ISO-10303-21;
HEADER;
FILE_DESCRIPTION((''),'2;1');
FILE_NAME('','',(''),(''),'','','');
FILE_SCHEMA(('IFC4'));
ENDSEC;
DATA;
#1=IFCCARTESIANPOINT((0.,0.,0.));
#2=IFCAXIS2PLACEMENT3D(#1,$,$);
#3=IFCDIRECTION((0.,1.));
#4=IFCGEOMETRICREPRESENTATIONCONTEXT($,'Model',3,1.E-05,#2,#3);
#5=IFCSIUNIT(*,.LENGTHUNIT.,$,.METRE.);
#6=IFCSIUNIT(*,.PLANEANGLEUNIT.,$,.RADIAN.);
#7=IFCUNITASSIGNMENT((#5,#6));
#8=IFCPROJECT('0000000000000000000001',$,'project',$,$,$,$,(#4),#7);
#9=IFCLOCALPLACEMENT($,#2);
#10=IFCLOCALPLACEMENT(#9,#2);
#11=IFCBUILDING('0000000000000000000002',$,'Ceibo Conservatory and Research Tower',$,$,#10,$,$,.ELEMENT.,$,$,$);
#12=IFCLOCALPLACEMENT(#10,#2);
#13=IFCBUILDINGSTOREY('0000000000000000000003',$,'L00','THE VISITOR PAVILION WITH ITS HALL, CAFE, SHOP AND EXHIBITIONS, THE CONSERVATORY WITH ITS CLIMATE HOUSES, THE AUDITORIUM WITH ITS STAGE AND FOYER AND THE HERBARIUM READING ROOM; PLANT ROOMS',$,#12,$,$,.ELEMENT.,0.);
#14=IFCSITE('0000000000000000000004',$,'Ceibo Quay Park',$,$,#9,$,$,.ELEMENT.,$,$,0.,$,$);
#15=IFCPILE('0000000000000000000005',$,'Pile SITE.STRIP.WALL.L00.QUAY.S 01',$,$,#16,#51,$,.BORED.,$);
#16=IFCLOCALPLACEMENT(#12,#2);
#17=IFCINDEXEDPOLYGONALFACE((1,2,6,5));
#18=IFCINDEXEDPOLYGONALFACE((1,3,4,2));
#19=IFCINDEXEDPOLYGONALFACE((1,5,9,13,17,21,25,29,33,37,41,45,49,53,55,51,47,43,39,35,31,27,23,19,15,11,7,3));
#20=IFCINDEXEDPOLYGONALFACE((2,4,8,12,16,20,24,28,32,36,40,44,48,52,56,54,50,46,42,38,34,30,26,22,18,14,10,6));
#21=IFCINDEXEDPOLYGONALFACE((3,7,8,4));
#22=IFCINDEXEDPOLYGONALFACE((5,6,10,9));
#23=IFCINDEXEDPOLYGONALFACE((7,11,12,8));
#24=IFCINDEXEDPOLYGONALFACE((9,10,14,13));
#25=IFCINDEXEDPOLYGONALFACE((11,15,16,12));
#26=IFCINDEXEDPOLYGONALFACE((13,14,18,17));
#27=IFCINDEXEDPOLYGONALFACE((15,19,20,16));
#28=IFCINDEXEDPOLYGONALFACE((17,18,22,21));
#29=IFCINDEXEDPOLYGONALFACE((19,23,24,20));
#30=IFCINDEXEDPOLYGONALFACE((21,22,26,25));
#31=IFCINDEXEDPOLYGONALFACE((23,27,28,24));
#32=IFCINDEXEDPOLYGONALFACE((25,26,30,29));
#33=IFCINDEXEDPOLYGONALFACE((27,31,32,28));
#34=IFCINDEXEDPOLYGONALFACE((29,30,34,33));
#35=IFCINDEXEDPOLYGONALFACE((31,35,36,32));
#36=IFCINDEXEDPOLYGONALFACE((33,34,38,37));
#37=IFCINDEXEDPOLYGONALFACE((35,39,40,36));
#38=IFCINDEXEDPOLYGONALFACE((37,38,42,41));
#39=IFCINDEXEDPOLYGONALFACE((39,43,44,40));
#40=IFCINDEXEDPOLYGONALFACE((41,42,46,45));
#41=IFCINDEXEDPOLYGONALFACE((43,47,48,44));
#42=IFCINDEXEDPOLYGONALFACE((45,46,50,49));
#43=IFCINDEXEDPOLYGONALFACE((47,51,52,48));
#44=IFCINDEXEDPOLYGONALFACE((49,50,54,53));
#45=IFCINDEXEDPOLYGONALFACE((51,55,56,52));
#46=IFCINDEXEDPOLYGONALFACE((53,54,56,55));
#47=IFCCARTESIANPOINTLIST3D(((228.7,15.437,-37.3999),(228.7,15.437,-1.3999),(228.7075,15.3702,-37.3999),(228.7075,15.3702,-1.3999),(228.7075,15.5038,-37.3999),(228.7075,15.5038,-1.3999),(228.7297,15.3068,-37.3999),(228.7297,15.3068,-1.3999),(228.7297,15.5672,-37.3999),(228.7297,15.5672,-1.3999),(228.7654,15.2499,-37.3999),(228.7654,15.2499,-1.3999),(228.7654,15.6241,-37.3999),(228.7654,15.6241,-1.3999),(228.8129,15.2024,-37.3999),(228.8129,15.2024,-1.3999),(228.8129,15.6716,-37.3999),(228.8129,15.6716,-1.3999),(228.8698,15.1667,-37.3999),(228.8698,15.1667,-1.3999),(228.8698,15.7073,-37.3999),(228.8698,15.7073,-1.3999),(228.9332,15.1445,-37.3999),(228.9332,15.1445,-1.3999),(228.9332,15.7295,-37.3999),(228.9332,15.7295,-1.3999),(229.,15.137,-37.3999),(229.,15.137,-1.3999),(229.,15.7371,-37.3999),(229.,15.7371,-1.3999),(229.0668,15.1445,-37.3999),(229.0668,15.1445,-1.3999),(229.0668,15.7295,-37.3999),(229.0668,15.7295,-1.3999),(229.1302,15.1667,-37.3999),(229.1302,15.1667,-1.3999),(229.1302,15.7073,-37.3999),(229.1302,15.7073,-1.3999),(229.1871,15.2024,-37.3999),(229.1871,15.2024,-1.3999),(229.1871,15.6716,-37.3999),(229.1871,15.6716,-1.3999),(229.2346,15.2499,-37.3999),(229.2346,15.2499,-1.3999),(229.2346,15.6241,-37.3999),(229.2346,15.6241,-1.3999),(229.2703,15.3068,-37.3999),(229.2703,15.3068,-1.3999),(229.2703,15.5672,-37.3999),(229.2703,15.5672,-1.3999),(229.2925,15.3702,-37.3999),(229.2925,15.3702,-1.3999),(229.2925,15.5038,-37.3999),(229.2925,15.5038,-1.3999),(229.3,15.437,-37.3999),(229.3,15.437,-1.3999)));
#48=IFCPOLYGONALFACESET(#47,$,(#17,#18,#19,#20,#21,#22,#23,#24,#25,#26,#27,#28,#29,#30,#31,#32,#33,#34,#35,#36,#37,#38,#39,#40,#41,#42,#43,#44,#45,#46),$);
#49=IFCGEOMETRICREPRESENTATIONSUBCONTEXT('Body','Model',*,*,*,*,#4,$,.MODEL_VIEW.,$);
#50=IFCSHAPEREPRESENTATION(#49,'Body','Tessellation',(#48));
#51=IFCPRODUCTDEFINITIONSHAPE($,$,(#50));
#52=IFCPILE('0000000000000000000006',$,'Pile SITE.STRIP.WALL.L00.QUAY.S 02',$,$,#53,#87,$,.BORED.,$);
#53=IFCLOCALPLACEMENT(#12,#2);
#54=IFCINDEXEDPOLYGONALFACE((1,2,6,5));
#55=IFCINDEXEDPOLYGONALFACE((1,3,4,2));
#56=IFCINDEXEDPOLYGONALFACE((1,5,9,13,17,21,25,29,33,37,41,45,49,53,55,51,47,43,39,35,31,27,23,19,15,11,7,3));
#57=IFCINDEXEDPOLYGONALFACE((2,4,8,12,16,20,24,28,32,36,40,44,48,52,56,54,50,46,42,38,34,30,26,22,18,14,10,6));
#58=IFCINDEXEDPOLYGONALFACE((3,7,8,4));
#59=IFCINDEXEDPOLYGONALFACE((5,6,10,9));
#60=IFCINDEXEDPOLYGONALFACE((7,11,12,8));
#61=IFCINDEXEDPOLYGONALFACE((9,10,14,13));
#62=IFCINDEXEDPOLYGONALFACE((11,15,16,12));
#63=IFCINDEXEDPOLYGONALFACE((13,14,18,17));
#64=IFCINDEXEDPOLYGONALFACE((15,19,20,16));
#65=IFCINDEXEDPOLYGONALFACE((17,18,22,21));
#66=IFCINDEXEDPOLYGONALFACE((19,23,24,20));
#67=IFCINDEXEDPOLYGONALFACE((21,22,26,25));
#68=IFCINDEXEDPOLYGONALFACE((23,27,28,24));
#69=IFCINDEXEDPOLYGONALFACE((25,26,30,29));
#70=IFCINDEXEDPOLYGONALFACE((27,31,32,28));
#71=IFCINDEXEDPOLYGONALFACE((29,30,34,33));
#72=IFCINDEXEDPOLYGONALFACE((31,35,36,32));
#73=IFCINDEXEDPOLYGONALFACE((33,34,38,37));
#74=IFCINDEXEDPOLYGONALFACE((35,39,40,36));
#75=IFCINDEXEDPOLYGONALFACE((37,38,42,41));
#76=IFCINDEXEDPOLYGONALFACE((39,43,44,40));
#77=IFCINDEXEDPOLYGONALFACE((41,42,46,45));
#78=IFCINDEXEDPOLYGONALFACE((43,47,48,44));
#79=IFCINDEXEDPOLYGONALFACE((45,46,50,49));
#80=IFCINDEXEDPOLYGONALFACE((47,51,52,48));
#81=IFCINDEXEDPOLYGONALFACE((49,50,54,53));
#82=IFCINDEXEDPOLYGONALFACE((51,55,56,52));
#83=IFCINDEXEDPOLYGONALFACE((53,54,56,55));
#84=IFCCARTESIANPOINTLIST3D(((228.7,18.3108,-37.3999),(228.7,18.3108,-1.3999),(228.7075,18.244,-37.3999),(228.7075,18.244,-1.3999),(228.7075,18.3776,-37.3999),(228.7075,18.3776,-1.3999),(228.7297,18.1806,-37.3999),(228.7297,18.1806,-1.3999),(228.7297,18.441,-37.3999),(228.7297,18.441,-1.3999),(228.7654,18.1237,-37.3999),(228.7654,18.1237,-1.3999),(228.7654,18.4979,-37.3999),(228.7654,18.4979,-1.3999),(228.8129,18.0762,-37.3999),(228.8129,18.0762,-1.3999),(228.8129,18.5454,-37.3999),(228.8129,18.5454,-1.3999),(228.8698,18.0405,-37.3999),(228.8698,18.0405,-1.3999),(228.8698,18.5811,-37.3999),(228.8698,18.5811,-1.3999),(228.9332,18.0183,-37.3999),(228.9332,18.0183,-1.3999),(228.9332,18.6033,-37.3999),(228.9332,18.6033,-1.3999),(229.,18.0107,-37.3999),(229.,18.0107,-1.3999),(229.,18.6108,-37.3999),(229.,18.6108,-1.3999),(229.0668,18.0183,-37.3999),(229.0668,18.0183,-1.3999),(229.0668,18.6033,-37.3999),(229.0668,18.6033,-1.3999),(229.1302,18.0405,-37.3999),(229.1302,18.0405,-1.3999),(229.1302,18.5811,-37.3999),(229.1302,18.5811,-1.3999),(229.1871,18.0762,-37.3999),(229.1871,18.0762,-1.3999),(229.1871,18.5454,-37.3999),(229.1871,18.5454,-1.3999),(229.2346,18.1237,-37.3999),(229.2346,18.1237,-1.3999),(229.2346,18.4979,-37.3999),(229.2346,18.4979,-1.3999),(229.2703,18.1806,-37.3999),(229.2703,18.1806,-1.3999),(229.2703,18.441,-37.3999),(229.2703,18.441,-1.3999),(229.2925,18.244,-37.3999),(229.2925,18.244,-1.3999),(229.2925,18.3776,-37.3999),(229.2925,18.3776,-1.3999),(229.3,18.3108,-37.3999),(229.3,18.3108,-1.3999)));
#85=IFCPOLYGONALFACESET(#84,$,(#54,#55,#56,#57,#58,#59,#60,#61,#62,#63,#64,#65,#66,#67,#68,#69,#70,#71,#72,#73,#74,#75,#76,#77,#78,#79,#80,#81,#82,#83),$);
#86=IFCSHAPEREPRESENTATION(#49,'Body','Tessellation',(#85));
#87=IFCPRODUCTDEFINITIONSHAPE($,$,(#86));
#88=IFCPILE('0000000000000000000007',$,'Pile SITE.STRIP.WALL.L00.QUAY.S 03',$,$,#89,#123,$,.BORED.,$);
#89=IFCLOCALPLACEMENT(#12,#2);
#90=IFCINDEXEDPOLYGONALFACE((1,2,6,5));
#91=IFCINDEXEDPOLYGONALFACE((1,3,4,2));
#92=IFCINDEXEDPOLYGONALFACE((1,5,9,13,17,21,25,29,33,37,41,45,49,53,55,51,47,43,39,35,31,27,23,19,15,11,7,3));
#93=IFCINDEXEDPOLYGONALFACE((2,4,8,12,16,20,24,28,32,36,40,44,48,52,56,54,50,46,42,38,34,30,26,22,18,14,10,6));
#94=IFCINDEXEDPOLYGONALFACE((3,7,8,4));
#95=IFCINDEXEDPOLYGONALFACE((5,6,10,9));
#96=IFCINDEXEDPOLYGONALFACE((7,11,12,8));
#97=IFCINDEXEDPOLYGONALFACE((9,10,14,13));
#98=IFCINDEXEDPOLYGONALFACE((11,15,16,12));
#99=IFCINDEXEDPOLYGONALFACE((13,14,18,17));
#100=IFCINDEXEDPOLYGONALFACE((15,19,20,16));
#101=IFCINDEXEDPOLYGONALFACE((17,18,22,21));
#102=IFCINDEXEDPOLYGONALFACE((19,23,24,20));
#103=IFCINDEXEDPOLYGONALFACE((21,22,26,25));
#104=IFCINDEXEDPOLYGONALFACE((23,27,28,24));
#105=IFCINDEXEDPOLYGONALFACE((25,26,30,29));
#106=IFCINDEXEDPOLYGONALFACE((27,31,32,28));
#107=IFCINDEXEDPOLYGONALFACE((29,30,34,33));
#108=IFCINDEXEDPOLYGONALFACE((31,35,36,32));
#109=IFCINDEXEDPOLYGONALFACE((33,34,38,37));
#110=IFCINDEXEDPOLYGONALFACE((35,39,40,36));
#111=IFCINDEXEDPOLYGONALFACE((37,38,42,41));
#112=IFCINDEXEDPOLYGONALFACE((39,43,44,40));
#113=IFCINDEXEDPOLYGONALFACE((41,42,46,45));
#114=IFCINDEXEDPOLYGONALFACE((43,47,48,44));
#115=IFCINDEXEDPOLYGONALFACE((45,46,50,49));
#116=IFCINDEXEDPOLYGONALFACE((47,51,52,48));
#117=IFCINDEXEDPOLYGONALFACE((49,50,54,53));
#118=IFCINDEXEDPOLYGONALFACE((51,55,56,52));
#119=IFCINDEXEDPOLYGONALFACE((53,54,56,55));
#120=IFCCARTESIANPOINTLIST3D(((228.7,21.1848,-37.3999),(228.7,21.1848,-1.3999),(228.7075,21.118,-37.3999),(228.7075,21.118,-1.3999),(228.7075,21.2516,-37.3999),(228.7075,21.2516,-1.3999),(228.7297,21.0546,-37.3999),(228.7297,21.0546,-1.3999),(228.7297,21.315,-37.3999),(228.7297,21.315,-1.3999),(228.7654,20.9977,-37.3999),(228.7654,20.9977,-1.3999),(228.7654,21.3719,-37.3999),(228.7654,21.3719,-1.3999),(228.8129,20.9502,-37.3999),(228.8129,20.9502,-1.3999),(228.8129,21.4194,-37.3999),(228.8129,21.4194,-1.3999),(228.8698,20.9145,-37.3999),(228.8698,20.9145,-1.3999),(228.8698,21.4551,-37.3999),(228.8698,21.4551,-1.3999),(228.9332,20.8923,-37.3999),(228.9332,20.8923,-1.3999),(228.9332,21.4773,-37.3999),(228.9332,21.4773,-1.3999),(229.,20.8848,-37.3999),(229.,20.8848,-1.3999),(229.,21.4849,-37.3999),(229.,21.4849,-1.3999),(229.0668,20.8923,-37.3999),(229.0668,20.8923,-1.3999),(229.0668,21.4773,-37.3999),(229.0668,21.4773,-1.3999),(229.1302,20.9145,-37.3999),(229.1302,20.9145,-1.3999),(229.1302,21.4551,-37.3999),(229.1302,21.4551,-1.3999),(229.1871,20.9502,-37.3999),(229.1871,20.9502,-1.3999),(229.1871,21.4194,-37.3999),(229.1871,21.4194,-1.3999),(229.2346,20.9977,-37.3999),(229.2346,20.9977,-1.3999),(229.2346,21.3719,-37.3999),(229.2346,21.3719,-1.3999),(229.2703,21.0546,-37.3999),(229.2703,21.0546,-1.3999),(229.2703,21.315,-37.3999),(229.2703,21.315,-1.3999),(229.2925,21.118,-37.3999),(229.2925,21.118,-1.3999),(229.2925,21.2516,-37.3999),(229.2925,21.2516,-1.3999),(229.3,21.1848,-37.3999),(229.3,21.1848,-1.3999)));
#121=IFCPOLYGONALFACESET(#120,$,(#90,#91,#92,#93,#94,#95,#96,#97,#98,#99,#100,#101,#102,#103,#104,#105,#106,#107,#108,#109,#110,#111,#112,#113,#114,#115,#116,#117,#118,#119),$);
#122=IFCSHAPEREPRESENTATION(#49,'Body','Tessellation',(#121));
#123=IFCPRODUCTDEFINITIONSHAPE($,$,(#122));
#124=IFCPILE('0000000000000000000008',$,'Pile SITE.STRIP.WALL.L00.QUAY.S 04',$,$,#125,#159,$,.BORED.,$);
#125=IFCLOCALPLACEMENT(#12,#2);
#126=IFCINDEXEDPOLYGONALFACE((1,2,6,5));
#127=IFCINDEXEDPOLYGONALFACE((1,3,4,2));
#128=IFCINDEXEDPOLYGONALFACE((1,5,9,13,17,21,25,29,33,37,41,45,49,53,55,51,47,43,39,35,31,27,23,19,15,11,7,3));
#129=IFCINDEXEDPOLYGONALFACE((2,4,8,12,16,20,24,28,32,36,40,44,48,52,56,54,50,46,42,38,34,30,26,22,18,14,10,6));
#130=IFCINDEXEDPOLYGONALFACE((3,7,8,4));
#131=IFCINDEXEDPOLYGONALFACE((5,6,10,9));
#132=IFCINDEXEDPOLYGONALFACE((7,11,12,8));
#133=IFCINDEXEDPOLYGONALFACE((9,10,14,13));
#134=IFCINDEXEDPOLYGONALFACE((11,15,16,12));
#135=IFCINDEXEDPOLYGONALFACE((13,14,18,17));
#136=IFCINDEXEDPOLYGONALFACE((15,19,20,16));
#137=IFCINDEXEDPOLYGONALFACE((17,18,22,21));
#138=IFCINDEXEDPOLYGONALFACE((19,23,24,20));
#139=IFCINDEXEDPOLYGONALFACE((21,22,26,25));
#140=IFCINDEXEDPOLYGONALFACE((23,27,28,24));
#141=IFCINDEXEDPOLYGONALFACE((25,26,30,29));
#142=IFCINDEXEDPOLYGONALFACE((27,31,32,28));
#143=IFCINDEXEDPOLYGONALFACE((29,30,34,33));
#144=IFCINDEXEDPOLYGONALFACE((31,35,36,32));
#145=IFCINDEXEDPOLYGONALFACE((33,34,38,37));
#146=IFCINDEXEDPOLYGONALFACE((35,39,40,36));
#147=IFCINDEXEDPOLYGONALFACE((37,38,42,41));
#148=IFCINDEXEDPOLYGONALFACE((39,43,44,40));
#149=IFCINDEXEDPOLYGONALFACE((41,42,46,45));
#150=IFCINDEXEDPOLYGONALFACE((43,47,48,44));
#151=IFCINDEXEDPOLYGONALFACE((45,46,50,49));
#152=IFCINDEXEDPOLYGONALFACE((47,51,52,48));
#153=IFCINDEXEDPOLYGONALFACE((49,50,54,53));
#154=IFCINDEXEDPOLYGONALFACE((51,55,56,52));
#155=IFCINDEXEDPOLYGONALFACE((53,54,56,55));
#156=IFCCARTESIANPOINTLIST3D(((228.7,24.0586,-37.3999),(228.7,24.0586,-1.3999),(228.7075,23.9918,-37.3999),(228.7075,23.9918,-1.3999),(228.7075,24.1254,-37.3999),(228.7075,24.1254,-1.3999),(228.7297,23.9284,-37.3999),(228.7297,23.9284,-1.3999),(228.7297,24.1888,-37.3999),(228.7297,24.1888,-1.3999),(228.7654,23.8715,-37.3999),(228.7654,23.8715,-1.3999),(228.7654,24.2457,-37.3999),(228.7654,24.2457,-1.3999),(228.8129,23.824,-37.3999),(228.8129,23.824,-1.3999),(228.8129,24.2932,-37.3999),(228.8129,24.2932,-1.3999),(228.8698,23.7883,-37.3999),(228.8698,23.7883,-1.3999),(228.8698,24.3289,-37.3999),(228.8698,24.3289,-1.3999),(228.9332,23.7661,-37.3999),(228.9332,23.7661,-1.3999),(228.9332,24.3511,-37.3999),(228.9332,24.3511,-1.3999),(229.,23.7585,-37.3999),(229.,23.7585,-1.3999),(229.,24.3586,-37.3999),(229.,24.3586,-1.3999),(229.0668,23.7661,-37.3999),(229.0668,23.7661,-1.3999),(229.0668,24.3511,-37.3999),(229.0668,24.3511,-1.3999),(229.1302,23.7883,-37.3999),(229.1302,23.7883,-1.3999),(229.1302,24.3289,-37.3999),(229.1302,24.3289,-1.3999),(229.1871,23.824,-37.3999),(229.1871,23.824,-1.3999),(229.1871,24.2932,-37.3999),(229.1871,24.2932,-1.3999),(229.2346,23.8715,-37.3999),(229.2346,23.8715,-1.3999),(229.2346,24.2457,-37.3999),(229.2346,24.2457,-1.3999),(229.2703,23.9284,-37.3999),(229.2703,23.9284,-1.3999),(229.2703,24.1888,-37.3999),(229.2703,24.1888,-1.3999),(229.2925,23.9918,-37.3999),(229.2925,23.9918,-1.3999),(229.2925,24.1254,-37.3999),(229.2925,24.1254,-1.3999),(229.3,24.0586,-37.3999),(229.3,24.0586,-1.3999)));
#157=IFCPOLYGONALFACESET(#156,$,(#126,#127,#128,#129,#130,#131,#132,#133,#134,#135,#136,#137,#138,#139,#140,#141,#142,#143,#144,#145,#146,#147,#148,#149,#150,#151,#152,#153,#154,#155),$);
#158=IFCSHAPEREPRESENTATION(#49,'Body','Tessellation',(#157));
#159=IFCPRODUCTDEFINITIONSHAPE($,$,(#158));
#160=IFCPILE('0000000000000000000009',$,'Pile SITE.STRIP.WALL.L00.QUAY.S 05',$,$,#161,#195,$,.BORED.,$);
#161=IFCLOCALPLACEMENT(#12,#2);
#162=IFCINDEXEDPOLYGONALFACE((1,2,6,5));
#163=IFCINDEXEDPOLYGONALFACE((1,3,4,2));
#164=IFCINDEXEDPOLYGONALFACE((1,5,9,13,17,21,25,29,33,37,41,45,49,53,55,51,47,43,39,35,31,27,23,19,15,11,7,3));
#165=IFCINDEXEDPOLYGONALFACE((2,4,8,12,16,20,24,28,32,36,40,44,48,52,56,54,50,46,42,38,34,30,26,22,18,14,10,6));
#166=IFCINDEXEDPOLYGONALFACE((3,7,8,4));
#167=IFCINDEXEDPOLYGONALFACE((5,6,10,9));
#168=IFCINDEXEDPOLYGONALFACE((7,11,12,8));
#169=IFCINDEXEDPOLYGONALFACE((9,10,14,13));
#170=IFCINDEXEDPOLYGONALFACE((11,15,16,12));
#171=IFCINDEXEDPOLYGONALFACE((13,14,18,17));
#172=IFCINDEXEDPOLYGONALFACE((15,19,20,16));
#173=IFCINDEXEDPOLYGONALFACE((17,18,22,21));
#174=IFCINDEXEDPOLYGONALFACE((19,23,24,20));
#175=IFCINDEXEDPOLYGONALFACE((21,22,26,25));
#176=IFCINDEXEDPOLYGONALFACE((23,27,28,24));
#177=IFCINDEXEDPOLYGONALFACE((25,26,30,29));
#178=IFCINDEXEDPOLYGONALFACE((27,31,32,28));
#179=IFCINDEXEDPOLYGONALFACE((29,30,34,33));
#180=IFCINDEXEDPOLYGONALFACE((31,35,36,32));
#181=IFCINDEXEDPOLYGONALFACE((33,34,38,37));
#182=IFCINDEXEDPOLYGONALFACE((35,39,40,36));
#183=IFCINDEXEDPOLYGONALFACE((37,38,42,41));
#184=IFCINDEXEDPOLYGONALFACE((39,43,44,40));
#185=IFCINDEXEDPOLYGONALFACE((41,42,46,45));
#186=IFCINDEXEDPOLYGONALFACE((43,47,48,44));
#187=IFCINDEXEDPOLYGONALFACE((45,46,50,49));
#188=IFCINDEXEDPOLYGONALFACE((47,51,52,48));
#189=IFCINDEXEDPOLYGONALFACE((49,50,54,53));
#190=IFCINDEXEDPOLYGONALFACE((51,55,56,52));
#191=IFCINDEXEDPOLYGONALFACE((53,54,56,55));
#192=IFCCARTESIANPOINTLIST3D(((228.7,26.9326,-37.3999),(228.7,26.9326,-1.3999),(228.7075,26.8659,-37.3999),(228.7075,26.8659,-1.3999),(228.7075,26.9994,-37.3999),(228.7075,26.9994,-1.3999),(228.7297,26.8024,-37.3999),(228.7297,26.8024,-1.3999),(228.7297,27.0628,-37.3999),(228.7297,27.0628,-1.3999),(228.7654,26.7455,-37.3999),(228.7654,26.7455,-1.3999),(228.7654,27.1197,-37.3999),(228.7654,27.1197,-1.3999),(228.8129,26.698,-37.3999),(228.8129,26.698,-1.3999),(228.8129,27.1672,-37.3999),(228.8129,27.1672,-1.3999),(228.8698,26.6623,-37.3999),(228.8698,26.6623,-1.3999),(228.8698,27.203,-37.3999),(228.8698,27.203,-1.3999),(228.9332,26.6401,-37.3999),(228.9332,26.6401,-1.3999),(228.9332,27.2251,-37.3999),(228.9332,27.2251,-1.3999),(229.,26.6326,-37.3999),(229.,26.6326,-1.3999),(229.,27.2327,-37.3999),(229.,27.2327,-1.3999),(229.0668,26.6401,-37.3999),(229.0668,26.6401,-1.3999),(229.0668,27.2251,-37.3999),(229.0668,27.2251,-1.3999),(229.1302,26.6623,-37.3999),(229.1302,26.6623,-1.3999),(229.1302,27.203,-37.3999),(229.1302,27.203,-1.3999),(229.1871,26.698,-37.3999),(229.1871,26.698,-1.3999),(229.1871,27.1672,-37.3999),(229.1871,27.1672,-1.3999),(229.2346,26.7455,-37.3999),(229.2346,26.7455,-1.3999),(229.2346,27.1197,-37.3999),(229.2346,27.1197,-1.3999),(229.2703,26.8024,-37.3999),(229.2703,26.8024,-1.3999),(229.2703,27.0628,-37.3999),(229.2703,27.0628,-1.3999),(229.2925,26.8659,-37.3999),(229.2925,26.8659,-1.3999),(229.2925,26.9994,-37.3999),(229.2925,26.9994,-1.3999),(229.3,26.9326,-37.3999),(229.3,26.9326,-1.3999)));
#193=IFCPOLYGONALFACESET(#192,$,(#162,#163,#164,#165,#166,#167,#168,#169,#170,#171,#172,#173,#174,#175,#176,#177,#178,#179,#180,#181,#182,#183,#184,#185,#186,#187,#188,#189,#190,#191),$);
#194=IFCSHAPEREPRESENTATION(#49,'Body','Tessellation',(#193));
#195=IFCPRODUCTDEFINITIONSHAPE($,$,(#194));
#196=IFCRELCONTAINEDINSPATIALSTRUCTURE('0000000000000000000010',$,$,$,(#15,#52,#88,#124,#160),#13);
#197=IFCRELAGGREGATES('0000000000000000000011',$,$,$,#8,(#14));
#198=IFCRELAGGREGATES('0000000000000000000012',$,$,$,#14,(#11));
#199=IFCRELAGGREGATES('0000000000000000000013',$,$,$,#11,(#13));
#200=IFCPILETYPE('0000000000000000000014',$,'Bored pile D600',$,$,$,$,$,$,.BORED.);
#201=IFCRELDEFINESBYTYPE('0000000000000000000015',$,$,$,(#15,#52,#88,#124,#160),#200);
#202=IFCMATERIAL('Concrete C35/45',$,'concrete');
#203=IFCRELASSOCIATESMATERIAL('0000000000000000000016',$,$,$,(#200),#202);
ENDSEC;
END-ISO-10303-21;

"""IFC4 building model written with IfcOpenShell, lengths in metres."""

from ifc_helpers import new_model, si_unit, direction, frame, origin, origin_2d, place, context, subcontext, project, spatial, circle, extrude, material, material_profile, profile_set, type_object, element, save


model = new_model("IFC4")

# Units and contexts
model_context = context("Model", 3, precision=1e-05, world=origin(), true_north=direction((0.0, 1.0)))
body_context = subcontext(model_context, "Body", "Model", "MODEL_VIEW")
ifc_project = project(units=[si_unit("LENGTHUNIT", "METRE"), si_unit("PLANEANGLEUNIT", "RADIAN")], contexts=[model_context])

# Site, building, storey
site_placement = place(None, origin())
site = spatial("IfcSite", under=ifc_project, at=site_placement, Name="Ceibo Quay Park", CompositionType="ELEMENT", RefElevation=0.0)
building_placement = place(site_placement, origin())
building = spatial("IfcBuilding", under=site, at=building_placement, Name="Ceibo Conservatory and Research Tower", CompositionType="ELEMENT")
storey_placement = place(building_placement, origin())
storey = spatial("IfcBuildingStorey", under=building, at=storey_placement, Name="L00", Description="THE VISITOR PAVILION WITH ITS HALL, CAFE, SHOP AND EXHIBITIONS, THE CONSERVATORY WITH ITS CLIMATE HOUSES, THE AUDITORIUM WITH ITS STAGE AND FOYER AND THE HERBARIUM READING ROOM; PLANT ROOMS", CompositionType="ELEMENT", Elevation=0.0)

# Piles
ifc_material_1 = material(Name="Concrete C35/45", Category="concrete")
ifc_material_profile_1 = material_profile(ifc_material_1, circle(Radius=0.3, at=origin_2d()), Name="RC D600")
ifc_profile_set_1 = profile_set([ifc_material_profile_1], Name="Concrete C35/45")
pile_type = type_object("IfcPileType", Name="Bored pile D600", PredefinedType="BORED", material=ifc_profile_set_1)
for number, where, z_axis, x_axis, name in (
    (1, (229.0, 15.437, -1.3999), (0.0, 0.0, -1.0), (1.0, 0.0, 0.0), "Pile SITE.STRIP.WALL.L00.QUAY.S 01"),
    (2, (229.0, 18.3108, -1.3999), (0.0, 0.0, -1.0), (1.0, 0.0, 0.0), "Pile SITE.STRIP.WALL.L00.QUAY.S 02"),
    (3, (229.0, 21.1848, -1.3999), (0.0, 0.0, -1.0), (1.0, 0.0, 0.0), "Pile SITE.STRIP.WALL.L00.QUAY.S 03"),
    (4, (229.0, 24.0586, -1.3999), (0.0, 0.0, -1.0), (1.0, 0.0, 0.0), "Pile SITE.STRIP.WALL.L00.QUAY.S 04"),
    (5, (229.0, 26.9326, -1.3999), (0.0, 0.0, -1.0), (1.0, 0.0, 0.0), "Pile SITE.STRIP.WALL.L00.QUAY.S 05"),
):
    element("IfcPile", number, at=place(storey_placement, frame(where, z_axis=z_axis, x_axis=x_axis)), inside=storey, type_object=pile_type, Name=name, PredefinedType="BORED", context=body_context, shape_type="SweptSolid", body=[
        extrude(circle(Radius=0.3, at=origin_2d()), origin(), (0.0, 0.0, 1.0), 36.0),
    ])

save(model, "model.ifc")
